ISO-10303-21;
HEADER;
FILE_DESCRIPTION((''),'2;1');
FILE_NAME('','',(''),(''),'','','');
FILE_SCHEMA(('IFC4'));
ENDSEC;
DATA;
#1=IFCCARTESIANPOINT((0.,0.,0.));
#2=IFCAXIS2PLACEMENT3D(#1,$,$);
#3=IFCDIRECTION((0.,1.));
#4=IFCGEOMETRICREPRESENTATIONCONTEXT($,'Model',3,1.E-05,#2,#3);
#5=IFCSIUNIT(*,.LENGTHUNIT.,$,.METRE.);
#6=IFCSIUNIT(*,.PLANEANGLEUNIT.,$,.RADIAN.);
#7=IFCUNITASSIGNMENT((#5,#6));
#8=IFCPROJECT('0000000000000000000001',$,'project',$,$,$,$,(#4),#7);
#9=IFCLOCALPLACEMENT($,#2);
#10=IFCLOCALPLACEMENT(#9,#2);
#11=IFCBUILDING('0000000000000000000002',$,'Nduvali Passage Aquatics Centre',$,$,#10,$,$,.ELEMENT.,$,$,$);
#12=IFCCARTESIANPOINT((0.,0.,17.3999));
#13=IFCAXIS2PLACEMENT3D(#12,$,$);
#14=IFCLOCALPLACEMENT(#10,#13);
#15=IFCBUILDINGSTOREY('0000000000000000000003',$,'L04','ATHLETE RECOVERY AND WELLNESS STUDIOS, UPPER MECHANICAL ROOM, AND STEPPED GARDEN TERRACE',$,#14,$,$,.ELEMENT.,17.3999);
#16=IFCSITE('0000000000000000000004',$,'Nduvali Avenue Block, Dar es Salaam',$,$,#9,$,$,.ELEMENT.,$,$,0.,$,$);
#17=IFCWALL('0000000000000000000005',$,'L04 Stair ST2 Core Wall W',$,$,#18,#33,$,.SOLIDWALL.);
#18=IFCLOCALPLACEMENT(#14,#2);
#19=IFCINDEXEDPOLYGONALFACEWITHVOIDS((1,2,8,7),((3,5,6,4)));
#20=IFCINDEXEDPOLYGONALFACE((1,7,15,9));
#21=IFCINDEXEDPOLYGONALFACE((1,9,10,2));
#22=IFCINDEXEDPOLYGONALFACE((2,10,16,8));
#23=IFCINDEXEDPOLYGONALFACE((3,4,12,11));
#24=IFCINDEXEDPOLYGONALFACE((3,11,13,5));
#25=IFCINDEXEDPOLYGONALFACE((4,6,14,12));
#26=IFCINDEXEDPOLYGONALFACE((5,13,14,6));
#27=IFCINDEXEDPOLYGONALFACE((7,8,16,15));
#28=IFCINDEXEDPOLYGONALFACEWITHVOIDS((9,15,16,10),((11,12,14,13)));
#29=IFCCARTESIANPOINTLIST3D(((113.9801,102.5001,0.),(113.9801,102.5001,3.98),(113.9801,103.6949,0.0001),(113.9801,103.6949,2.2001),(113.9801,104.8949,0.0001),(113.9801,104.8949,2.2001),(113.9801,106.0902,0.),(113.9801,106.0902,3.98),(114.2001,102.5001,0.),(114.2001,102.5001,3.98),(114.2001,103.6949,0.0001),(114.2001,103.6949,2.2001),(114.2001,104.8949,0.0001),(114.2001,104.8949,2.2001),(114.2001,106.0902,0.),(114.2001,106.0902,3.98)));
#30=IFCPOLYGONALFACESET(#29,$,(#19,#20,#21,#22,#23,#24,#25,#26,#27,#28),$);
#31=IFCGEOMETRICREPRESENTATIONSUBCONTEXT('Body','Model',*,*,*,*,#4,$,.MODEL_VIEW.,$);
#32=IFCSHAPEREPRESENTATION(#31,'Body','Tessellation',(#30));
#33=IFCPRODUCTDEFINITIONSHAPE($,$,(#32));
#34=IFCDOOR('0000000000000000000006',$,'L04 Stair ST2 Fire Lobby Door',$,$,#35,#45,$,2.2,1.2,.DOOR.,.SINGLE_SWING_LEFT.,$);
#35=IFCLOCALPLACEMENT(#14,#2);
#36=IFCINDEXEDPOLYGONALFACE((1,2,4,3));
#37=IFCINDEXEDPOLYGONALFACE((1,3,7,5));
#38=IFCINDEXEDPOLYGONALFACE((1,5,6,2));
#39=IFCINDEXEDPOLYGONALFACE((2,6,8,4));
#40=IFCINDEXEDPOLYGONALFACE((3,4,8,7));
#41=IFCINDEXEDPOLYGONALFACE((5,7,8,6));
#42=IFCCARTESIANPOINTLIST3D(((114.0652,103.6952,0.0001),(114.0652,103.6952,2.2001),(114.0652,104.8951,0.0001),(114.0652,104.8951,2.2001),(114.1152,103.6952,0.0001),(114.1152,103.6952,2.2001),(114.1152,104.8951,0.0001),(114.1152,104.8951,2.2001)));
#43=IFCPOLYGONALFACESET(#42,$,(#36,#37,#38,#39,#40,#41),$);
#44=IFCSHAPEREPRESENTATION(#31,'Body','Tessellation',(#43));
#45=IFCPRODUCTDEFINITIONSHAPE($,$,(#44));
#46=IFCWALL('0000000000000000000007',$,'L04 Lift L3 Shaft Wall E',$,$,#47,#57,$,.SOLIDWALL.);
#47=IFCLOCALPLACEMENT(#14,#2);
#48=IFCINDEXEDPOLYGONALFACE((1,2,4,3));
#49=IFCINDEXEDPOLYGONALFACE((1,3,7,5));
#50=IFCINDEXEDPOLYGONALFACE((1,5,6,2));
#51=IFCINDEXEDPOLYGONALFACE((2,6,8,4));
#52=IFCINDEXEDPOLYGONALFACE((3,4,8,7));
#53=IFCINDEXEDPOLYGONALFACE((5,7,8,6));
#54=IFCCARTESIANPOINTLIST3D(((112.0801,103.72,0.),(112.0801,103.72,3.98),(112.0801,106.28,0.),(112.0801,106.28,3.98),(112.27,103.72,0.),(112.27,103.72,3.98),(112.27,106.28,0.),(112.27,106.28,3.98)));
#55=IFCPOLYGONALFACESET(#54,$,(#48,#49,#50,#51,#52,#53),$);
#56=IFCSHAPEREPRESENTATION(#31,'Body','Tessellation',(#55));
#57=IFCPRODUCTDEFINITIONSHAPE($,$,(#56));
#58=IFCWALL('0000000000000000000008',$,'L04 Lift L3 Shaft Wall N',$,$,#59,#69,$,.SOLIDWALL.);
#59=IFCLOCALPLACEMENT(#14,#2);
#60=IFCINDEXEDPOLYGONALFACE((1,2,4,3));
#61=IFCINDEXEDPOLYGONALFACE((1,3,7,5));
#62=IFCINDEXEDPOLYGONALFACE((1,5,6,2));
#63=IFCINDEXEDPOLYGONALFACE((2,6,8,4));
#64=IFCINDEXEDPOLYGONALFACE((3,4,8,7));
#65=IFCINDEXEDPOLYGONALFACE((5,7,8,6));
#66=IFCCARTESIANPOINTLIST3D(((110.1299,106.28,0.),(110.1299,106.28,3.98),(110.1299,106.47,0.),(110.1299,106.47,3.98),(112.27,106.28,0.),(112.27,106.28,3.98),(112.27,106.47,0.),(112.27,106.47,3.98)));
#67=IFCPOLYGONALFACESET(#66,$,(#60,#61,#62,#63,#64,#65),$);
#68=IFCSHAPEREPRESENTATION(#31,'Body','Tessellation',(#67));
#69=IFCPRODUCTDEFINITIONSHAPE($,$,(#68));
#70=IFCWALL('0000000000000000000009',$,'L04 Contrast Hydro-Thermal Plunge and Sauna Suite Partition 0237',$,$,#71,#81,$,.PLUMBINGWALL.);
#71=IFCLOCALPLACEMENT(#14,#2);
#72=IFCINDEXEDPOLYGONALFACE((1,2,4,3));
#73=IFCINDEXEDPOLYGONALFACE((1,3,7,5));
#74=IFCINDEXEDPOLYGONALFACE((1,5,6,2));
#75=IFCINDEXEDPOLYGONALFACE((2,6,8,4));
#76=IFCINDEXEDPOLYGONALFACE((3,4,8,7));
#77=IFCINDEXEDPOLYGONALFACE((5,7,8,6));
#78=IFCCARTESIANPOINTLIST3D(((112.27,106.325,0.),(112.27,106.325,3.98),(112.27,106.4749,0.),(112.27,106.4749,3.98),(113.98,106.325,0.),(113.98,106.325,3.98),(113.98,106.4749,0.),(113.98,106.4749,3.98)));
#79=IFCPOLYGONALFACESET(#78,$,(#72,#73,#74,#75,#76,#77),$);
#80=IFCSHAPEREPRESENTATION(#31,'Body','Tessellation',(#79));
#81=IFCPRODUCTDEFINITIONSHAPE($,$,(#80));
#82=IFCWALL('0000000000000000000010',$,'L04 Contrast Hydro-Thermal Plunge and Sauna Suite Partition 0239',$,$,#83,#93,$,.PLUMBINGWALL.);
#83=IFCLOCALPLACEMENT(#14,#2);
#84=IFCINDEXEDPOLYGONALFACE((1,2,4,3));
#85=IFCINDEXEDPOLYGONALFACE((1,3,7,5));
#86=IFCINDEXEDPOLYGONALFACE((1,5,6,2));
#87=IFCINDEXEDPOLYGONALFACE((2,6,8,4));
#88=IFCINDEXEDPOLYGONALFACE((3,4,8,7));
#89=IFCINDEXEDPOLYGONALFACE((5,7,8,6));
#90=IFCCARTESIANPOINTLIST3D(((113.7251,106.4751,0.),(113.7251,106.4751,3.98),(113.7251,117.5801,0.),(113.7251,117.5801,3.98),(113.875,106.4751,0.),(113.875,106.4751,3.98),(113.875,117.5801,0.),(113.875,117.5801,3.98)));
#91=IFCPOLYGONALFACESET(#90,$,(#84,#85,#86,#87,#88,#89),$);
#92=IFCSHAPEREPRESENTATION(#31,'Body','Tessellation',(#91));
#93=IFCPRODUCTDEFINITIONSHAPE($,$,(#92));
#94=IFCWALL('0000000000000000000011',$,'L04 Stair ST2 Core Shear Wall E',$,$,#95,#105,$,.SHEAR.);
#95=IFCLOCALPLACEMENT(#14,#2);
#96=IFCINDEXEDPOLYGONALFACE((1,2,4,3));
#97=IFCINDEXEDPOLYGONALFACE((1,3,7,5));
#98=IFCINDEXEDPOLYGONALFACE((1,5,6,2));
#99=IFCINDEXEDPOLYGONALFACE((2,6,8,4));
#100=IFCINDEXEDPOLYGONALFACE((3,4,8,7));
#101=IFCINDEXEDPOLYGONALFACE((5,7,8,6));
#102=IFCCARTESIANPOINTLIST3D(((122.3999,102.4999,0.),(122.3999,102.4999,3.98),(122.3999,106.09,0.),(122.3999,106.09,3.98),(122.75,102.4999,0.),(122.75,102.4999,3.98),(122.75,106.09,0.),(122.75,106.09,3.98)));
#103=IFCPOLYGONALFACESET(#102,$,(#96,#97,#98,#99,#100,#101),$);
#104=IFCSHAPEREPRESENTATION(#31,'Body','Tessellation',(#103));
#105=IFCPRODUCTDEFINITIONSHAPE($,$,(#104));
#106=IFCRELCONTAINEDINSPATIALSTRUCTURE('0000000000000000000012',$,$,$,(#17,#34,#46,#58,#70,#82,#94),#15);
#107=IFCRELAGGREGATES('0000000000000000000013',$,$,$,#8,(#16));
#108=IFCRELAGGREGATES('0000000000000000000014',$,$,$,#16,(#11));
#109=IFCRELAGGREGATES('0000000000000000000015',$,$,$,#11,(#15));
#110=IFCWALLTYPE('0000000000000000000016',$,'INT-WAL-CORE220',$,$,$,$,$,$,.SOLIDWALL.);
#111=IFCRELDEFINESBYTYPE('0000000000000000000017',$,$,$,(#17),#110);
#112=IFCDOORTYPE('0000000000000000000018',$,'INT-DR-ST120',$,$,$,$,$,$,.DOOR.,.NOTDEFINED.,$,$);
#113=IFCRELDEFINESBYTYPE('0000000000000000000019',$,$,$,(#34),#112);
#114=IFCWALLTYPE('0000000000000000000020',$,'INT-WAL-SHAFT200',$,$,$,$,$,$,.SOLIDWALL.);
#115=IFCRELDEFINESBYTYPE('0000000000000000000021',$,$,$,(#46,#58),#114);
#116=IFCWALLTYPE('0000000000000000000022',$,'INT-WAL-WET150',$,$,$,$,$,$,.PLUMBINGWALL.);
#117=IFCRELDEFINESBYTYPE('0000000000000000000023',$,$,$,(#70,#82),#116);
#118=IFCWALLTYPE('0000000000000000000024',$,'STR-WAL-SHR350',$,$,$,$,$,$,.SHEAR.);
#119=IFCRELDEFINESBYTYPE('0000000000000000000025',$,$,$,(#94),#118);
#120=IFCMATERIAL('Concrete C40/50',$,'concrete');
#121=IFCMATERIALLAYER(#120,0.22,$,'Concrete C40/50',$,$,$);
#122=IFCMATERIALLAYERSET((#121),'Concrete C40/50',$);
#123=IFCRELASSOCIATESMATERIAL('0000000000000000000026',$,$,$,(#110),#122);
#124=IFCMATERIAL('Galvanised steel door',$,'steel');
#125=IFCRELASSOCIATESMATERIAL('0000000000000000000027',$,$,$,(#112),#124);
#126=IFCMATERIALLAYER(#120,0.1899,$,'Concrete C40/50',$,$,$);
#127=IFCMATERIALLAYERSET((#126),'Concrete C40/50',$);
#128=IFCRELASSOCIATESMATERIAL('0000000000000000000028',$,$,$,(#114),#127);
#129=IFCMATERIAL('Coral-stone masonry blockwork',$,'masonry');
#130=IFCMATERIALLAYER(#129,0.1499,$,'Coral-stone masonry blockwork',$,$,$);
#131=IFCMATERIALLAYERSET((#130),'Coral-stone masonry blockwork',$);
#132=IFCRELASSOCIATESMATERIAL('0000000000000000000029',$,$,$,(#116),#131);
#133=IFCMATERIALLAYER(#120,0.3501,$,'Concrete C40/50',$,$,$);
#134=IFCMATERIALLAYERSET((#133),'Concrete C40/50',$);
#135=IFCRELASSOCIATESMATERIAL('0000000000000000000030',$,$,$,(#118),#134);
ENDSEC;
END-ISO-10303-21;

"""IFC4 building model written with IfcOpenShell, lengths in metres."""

from ifc_helpers import new_model, si_unit, direction, frame, frame_2d, origin, place, context, subcontext, project, spatial, rectangle, extrude, material, layer, layer_set, type_object, element, fill, save


model = new_model("IFC4")

# Units and contexts
model_context = context("Model", 3, precision=1e-05, world=origin(), true_north=direction((0.0, 1.0)))
body_context = subcontext(model_context, "Body", "Model", "MODEL_VIEW")
ifc_project = project(units=[si_unit("LENGTHUNIT", "METRE"), si_unit("PLANEANGLEUNIT", "RADIAN")], contexts=[model_context])

# Site, building, storey
site_placement = place(None, origin())
site = spatial("IfcSite", under=ifc_project, at=site_placement, Name="Nduvali Avenue Block, Dar es Salaam", CompositionType="ELEMENT", RefElevation=0.0)
building_placement = place(site_placement, origin())
building = spatial("IfcBuilding", under=site, at=building_placement, Name="Nduvali Passage Aquatics Centre", CompositionType="ELEMENT")
storey_placement = place(building_placement, frame((0.0, 0.0, 17.3999)))
storey = spatial("IfcBuildingStorey", under=building, at=storey_placement, Name="L04", Description="ATHLETE RECOVERY AND WELLNESS STUDIOS, UPPER MECHANICAL ROOM, AND STEPPED GARDEN TERRACE", CompositionType="ELEMENT", Elevation=17.3999)

# Shared definitions
ifc_material_1 = material(Name="Coral-stone masonry blockwork", Category="masonry")
ifc_material_2 = material(Name="Galvanised steel door", Category="steel")

# Shared definitions
ifc_material_3 = material(Name="Concrete C40/50", Category="concrete")
ifc_layer_1 = layer(ifc_material_3, 0.22, Name="Concrete C40/50")
ifc_layer_set_1 = layer_set([ifc_layer_1], Name="Concrete C40/50")
wall_type_1 = type_object("IfcWallType", Name="INT-WAL-CORE220", PredefinedType="SOLIDWALL", material=ifc_layer_set_1)

# Wall, opening, door
wall_1_placement = place(storey_placement, frame((114.0901, 106.0901, 0.0), z_axis=(0.0, 0.0, 1.0), x_axis=(0.0, -1.0, 0.0)))
wall_1 = element("IfcWall", 1, at=wall_1_placement, inside=storey, type_object=wall_type_1, Name="L04 Stair ST2 Core Wall W", PredefinedType="SOLIDWALL", context=body_context, shape_type="SweptSolid", body=[
    extrude(rectangle(XDim=3.5901, YDim=0.22, at=frame_2d((1.7949, 0.0))), origin(), (0.0, 0.0, 1.0), 3.98),
])
opening_1_placement = place(wall_1_placement, frame((1.1951, 0.0, 0.0)))
opening_1 = element("IfcOpeningElement", 2, at=opening_1_placement, cuts=wall_1, PredefinedType="OPENING", context=body_context, shape_type="SweptSolid", body=[
    extrude(rectangle(XDim=1.2, YDim=2.2, at=frame_2d((0.6001, 1.1001))), frame((0.0, 0.125, 0.0), z_axis=(0.0, -1.0, 0.0), x_axis=(1.0, 0.0, 0.0)), (0.0, 0.0, 1.0), 0.2498),
])
door_type_1 = type_object("IfcDoorType", Name="INT-DR-ST120", OperationType="NOTDEFINED", PredefinedType="DOOR", material=ifc_material_2)
door_1_placement = place(opening_1_placement, frame((1.2, 0.0, 0.0), z_axis=(0.0, 0.0, 1.0), x_axis=(-1.0, 0.0, 0.0)))
door_1 = element("IfcDoor", 3, at=door_1_placement, inside=storey, type_object=door_type_1, Name="L04 Stair ST2 Fire Lobby Door", OperationType="SINGLE_SWING_LEFT", OverallHeight=2.2, OverallWidth=1.2, PredefinedType="DOOR", context=body_context, shape_type="SweptSolid", body=[
    extrude(rectangle(XDim=1.2, YDim=2.2, at=frame_2d((0.6001, 1.1001))), frame((0.0, 0.0249, 0.0), z_axis=(0.0, -1.0, 0.0), x_axis=(1.0, 0.0, 0.0)), (0.0, 0.0, 1.0), 0.05),
])
fill(opening_1, door_1)

# Walls
ifc_layer_2 = layer(ifc_material_3, 0.1899, Name="Concrete C40/50")
ifc_layer_set_2 = layer_set([ifc_layer_2], Name="Concrete C40/50")
wall_type_2 = type_object("IfcWallType", Name="INT-WAL-SHAFT200", PredefinedType="SOLIDWALL", material=ifc_layer_set_2)
wall_2_placement = place(storey_placement, frame((112.175, 103.72, 0.0), z_axis=(0.0, 0.0, 1.0), x_axis=(0.0, 1.0, 0.0)))
element("IfcWall", 4, at=wall_2_placement, inside=storey, type_object=wall_type_2, Name="L04 Lift L3 Shaft Wall E", PredefinedType="SOLIDWALL", context=body_context, shape_type="SweptSolid", body=[
    extrude(rectangle(XDim=2.5601, YDim=0.1899, at=frame_2d((1.28, 0.0))), origin(), (0.0, 0.0, 1.0), 3.98),
])
wall_3_placement = place(storey_placement, frame((112.27, 106.375, 0.0), z_axis=(0.0, 0.0, 1.0), x_axis=(-1.0, 0.0, 0.0)))
element("IfcWall", 5, at=wall_3_placement, inside=storey, type_object=wall_type_2, Name="L04 Lift L3 Shaft Wall N", PredefinedType="SOLIDWALL", context=body_context, shape_type="SweptSolid", body=[
    extrude(rectangle(XDim=2.1401, YDim=0.1899, at=frame_2d((1.0701, 0.0))), origin(), (0.0, 0.0, 1.0), 3.98),
])
ifc_layer_3 = layer(ifc_material_1, 0.1499, Name="Coral-stone masonry blockwork")
ifc_layer_set_3 = layer_set([ifc_layer_3], Name="Coral-stone masonry blockwork")
wall_type_3 = type_object("IfcWallType", Name="INT-WAL-WET150", PredefinedType="PLUMBINGWALL", material=ifc_layer_set_3)
wall_4_placement = place(storey_placement, frame((112.27, 106.3999, 0.0), z_axis=(0.0, 0.0, 1.0), x_axis=(1.0, 0.0, 0.0)))
element("IfcWall", 6, at=wall_4_placement, inside=storey, type_object=wall_type_3, Name="L04 Contrast Hydro-Thermal Plunge and Sauna Suite Partition 0237", PredefinedType="PLUMBINGWALL", context=body_context, shape_type="SweptSolid", body=[
    extrude(rectangle(XDim=1.71, YDim=0.1499, at=frame_2d((0.855, 0.0))), origin(), (0.0, 0.0, 1.0), 3.98),
])
wall_5_placement = place(storey_placement, frame((113.8, 106.4751, 0.0), z_axis=(0.0, 0.0, 1.0), x_axis=(0.0, 1.0, 0.0)))
element("IfcWall", 7, at=wall_5_placement, inside=storey, type_object=wall_type_3, Name="L04 Contrast Hydro-Thermal Plunge and Sauna Suite Partition 0239", PredefinedType="PLUMBINGWALL", context=body_context, shape_type="SweptSolid", body=[
    extrude(rectangle(XDim=11.105, YDim=0.1499, at=frame_2d((5.5525, 0.0))), origin(), (0.0, 0.0, 1.0), 3.98),
])
ifc_layer_4 = layer(ifc_material_3, 0.3501, Name="Concrete C40/50")
ifc_layer_set_4 = layer_set([ifc_layer_4], Name="Concrete C40/50")
wall_type_4 = type_object("IfcWallType", Name="STR-WAL-SHR350", PredefinedType="SHEAR", material=ifc_layer_set_4)
wall_6_placement = place(storey_placement, frame((122.575, 102.5, 0.0), z_axis=(0.0, 0.0, 1.0), x_axis=(0.0, 1.0, 0.0)))
element("IfcWall", 8, at=wall_6_placement, inside=storey, type_object=wall_type_4, Name="L04 Stair ST2 Core Shear Wall E", PredefinedType="SHEAR", context=body_context, shape_type="SweptSolid", body=[
    extrude(rectangle(XDim=3.5901, YDim=0.3501, at=frame_2d((1.7949, 0.0))), origin(), (0.0, 0.0, 1.0), 3.98),
])

save(model, "model.ifc")
